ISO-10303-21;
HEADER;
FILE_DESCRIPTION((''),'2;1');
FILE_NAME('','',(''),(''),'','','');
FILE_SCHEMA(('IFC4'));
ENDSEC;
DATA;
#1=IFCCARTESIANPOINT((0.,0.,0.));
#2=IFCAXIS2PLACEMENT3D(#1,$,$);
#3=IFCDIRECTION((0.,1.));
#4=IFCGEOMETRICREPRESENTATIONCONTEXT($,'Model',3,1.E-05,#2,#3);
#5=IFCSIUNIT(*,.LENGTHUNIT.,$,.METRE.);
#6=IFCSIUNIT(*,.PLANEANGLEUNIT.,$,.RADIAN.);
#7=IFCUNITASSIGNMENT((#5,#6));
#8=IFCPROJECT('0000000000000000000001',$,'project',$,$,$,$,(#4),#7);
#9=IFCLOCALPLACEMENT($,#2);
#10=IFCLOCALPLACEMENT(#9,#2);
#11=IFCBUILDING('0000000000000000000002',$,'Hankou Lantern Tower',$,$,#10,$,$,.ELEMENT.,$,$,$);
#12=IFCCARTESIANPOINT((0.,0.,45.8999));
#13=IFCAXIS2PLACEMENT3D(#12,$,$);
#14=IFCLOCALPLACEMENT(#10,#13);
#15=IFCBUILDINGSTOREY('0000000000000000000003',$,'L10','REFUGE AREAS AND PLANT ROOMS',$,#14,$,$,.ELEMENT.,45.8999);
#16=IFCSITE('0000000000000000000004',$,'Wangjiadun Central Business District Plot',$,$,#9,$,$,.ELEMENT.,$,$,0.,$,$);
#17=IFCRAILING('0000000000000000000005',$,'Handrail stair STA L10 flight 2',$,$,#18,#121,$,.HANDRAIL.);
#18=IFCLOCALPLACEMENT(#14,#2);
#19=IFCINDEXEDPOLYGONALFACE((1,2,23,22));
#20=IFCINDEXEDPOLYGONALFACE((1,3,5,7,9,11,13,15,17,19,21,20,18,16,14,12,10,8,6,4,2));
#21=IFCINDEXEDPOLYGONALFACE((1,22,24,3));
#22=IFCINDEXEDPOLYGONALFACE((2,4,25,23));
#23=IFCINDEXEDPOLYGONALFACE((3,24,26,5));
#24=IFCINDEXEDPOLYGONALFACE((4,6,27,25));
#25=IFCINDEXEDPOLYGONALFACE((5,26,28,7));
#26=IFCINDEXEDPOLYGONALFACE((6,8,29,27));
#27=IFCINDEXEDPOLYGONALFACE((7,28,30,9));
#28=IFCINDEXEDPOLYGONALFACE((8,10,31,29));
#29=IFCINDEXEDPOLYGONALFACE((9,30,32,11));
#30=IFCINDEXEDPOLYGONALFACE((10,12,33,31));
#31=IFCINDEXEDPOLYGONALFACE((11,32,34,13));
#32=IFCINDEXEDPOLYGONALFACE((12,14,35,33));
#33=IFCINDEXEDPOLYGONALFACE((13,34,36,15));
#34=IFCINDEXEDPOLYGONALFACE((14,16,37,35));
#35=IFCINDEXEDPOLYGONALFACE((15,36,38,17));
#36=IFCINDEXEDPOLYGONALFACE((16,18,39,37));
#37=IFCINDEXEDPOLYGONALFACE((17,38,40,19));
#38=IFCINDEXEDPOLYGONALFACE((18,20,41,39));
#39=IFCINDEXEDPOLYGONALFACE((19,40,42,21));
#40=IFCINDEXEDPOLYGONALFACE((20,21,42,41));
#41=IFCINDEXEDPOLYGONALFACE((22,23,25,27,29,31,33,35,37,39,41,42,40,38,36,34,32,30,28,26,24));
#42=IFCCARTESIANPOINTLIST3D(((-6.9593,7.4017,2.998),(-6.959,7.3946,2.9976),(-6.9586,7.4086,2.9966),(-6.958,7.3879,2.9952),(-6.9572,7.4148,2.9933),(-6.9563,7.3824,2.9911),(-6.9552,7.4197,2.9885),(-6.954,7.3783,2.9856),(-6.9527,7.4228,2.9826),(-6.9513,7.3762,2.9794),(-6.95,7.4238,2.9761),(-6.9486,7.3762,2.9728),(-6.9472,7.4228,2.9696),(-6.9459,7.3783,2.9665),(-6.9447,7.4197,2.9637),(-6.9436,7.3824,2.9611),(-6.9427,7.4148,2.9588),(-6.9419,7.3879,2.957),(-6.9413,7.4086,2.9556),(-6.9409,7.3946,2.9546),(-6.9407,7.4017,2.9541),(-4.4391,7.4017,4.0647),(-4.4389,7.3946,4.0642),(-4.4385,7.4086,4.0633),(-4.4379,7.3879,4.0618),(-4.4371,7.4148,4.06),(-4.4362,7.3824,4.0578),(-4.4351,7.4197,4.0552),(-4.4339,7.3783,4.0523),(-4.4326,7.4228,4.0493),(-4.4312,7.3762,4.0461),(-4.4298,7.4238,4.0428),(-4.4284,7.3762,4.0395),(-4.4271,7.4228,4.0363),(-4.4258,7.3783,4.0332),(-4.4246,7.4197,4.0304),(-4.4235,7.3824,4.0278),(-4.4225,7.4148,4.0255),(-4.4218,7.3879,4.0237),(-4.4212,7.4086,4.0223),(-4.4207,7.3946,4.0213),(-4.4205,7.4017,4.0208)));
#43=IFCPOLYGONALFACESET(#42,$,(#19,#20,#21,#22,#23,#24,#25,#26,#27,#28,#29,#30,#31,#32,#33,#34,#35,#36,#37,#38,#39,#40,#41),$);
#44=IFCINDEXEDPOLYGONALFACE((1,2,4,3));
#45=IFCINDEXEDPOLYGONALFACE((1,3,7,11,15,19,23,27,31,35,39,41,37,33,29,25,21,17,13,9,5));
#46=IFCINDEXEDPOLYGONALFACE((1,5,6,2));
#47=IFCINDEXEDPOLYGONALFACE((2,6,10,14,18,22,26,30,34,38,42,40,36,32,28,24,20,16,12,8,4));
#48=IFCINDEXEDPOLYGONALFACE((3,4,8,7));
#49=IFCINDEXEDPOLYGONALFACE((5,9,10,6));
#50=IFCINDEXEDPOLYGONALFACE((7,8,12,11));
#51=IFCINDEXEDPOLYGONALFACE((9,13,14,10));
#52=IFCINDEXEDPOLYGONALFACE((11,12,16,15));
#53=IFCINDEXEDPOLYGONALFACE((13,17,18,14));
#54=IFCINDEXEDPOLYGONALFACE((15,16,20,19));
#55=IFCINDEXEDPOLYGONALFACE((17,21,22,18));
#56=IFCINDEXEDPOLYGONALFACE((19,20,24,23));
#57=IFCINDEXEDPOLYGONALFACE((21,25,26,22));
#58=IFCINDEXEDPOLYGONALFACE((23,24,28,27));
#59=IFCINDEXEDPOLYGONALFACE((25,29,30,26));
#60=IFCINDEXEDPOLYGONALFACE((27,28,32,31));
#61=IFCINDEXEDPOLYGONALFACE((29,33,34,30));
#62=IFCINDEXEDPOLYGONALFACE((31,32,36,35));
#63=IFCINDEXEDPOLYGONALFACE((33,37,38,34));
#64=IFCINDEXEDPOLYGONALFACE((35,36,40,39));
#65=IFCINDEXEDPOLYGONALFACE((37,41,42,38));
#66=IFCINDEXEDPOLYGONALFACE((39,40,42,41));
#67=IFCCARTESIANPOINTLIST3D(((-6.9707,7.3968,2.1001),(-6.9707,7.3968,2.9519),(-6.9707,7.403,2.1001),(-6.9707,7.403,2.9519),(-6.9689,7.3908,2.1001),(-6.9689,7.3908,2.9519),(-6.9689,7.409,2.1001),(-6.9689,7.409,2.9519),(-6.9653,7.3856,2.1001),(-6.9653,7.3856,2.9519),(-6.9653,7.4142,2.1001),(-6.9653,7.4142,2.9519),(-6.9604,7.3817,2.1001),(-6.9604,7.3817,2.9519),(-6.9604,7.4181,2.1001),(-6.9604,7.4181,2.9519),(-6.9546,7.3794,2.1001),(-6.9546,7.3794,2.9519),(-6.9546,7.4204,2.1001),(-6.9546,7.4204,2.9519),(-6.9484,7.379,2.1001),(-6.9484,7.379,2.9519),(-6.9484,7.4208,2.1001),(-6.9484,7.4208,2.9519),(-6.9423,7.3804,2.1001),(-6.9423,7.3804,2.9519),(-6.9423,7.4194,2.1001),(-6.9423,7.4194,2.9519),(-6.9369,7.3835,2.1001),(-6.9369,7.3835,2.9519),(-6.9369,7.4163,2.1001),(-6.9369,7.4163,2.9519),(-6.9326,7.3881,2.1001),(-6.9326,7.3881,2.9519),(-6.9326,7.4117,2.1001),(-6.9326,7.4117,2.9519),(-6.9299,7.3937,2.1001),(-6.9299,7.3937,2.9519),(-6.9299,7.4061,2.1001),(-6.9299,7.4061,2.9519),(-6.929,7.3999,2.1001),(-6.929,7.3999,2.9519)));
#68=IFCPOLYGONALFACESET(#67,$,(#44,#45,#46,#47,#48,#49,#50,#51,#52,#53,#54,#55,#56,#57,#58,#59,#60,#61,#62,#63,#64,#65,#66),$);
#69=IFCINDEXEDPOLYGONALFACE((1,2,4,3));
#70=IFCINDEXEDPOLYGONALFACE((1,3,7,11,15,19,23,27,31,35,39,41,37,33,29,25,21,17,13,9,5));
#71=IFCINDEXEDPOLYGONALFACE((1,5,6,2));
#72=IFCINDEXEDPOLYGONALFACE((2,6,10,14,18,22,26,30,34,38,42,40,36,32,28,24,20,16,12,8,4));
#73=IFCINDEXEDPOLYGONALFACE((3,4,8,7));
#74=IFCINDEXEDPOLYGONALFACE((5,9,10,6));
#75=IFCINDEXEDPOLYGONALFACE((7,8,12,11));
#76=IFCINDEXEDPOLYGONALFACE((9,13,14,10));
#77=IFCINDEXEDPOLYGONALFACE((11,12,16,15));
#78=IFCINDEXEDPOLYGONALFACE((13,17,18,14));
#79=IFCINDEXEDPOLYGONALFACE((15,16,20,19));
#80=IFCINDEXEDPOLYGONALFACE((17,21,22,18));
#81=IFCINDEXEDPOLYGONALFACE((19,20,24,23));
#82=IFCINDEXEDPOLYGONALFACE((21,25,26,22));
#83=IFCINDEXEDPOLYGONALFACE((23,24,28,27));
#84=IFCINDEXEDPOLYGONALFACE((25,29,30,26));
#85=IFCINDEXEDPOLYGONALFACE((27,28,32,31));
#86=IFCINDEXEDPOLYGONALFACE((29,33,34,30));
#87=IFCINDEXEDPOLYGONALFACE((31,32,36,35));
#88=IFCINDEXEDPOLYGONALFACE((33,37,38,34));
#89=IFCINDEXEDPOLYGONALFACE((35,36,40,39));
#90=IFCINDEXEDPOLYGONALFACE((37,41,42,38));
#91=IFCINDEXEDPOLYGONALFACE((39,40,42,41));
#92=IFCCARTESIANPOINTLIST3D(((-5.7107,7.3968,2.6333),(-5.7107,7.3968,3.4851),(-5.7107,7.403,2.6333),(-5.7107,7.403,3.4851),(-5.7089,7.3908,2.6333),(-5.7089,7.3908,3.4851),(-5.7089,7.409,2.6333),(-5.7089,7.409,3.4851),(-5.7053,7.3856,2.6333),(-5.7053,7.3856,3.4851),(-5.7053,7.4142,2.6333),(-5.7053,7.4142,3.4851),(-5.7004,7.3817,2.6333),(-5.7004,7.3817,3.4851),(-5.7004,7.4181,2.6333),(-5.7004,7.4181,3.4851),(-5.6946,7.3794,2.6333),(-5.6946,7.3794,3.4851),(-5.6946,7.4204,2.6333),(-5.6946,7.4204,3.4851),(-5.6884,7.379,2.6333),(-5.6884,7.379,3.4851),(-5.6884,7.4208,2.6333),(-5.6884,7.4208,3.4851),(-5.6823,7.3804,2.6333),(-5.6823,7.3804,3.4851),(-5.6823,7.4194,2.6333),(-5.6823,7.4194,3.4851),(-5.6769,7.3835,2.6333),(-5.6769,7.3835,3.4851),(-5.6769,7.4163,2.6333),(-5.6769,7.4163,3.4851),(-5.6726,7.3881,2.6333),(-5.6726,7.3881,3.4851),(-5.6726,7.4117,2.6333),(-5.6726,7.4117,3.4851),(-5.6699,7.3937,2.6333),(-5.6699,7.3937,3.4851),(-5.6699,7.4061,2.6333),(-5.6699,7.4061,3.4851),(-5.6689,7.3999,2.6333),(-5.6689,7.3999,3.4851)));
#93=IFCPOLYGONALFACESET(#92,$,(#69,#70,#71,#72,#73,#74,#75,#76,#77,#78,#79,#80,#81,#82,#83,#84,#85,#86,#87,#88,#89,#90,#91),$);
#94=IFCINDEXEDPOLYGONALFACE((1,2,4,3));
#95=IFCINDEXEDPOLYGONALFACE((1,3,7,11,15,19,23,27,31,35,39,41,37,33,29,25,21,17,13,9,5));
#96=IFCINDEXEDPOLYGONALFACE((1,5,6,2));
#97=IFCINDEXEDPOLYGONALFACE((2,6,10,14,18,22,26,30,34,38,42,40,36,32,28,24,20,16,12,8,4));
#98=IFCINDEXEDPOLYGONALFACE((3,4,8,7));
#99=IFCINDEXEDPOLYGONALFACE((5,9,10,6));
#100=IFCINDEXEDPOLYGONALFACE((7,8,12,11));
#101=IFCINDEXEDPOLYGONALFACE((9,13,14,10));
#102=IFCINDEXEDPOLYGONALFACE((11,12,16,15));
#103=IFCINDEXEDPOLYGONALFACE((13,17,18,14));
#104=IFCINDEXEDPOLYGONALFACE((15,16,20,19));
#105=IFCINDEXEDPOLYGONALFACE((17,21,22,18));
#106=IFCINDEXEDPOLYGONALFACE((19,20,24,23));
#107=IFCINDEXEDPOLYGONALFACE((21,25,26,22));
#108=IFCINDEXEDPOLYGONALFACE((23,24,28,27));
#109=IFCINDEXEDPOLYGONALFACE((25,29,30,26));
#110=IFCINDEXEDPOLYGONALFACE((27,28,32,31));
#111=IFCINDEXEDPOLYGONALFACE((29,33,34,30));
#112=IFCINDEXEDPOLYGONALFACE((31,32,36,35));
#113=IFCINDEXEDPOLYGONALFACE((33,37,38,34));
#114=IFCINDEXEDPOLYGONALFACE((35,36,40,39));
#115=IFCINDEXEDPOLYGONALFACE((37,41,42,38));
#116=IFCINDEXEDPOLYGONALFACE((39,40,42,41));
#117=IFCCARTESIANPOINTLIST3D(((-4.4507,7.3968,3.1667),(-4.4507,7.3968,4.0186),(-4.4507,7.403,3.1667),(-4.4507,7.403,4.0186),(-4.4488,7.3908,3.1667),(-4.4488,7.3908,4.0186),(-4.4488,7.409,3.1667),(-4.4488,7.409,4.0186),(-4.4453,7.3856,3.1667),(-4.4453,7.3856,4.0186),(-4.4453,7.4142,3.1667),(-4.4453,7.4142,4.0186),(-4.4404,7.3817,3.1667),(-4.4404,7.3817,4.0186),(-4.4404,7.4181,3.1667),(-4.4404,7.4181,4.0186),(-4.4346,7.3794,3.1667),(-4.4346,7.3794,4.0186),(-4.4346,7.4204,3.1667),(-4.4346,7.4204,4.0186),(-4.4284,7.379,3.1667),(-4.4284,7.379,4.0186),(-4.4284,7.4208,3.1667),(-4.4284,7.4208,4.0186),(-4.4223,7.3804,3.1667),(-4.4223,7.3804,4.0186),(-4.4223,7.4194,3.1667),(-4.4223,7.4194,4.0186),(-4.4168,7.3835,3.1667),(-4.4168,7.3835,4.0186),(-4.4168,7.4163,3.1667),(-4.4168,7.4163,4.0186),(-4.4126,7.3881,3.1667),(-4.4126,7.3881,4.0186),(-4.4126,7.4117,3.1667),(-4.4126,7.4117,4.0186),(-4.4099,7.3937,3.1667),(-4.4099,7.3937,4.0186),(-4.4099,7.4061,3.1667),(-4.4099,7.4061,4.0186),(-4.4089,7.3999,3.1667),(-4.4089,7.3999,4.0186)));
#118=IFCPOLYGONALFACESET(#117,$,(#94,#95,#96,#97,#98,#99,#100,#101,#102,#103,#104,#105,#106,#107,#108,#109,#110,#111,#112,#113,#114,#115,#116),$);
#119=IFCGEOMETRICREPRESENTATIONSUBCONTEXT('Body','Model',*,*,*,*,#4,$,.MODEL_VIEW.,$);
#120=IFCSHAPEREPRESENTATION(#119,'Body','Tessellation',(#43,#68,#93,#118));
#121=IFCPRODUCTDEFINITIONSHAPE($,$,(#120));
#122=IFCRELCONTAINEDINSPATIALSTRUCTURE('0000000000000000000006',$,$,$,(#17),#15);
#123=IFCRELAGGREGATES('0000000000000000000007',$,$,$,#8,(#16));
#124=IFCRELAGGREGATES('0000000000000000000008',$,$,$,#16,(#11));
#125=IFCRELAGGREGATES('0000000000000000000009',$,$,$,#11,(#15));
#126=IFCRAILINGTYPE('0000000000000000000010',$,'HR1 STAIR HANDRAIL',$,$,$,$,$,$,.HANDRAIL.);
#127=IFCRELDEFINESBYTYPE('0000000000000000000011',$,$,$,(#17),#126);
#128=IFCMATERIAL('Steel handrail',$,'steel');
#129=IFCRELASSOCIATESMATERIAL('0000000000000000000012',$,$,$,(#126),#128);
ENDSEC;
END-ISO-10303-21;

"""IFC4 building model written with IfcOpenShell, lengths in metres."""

from ifc_helpers import new_model, si_unit, direction, frame, origin, origin_2d, place, context, subcontext, project, spatial, circle, extrude, material, type_object, element, save


model = new_model("IFC4")

# Units and contexts
model_context = context("Model", 3, precision=1e-05, world=origin(), true_north=direction((0.0, 1.0)))
body_context = subcontext(model_context, "Body", "Model", "MODEL_VIEW")
ifc_project = project(units=[si_unit("LENGTHUNIT", "METRE"), si_unit("PLANEANGLEUNIT", "RADIAN")], contexts=[model_context])

# Site, building, storey
site_placement = place(None, origin())
site = spatial("IfcSite", under=ifc_project, at=site_placement, Name="Wangjiadun Central Business District Plot", CompositionType="ELEMENT", RefElevation=0.0)
building_placement = place(site_placement, origin())
building = spatial("IfcBuilding", under=site, at=building_placement, Name="Hankou Lantern Tower", CompositionType="ELEMENT")
storey_placement = place(building_placement, frame((0.0, 0.0, 45.8999)))
storey = spatial("IfcBuildingStorey", under=building, at=storey_placement, Name="L10", Description="REFUGE AREAS AND PLANT ROOMS", CompositionType="ELEMENT", Elevation=45.8999)

# Railing
ifc_material_1 = material(Name="Steel handrail", Category="steel")
railing_type = type_object("IfcRailingType", Name="HR1 STAIR HANDRAIL", PredefinedType="HANDRAIL", material=ifc_material_1)
railing_1_placement = place(storey_placement, frame((-6.95, 7.3999, 2.1001)))
element("IfcRailing", 1, at=railing_1_placement, inside=storey, type_object=railing_type, Name="Handrail stair STA L10 flight 2", PredefinedType="HANDRAIL", context=body_context, shape_type="SweptSolid", body=[
    extrude(circle(Radius=0.0239, at=origin_2d()), frame((0.0, 0.0, 0.876), z_axis=(0.920903, 0.0, 0.389791), x_axis=(0.0, 1.0, 0.0)), (0.0, 0.0, 1.0), 2.7366),
    extrude(circle(Radius=0.021, at=origin_2d()), origin(), (0.0, 0.0, 1.0), 0.8518),
    extrude(circle(Radius=0.021, at=origin_2d()), frame((1.26, 0.0, 0.5332)), (0.0, 0.0, 1.0), 0.8518),
    extrude(circle(Radius=0.021, at=origin_2d()), frame((2.52, 0.0, 1.0667)), (0.0, 0.0, 1.0), 0.8518),
])

save(model, "model.ifc")
